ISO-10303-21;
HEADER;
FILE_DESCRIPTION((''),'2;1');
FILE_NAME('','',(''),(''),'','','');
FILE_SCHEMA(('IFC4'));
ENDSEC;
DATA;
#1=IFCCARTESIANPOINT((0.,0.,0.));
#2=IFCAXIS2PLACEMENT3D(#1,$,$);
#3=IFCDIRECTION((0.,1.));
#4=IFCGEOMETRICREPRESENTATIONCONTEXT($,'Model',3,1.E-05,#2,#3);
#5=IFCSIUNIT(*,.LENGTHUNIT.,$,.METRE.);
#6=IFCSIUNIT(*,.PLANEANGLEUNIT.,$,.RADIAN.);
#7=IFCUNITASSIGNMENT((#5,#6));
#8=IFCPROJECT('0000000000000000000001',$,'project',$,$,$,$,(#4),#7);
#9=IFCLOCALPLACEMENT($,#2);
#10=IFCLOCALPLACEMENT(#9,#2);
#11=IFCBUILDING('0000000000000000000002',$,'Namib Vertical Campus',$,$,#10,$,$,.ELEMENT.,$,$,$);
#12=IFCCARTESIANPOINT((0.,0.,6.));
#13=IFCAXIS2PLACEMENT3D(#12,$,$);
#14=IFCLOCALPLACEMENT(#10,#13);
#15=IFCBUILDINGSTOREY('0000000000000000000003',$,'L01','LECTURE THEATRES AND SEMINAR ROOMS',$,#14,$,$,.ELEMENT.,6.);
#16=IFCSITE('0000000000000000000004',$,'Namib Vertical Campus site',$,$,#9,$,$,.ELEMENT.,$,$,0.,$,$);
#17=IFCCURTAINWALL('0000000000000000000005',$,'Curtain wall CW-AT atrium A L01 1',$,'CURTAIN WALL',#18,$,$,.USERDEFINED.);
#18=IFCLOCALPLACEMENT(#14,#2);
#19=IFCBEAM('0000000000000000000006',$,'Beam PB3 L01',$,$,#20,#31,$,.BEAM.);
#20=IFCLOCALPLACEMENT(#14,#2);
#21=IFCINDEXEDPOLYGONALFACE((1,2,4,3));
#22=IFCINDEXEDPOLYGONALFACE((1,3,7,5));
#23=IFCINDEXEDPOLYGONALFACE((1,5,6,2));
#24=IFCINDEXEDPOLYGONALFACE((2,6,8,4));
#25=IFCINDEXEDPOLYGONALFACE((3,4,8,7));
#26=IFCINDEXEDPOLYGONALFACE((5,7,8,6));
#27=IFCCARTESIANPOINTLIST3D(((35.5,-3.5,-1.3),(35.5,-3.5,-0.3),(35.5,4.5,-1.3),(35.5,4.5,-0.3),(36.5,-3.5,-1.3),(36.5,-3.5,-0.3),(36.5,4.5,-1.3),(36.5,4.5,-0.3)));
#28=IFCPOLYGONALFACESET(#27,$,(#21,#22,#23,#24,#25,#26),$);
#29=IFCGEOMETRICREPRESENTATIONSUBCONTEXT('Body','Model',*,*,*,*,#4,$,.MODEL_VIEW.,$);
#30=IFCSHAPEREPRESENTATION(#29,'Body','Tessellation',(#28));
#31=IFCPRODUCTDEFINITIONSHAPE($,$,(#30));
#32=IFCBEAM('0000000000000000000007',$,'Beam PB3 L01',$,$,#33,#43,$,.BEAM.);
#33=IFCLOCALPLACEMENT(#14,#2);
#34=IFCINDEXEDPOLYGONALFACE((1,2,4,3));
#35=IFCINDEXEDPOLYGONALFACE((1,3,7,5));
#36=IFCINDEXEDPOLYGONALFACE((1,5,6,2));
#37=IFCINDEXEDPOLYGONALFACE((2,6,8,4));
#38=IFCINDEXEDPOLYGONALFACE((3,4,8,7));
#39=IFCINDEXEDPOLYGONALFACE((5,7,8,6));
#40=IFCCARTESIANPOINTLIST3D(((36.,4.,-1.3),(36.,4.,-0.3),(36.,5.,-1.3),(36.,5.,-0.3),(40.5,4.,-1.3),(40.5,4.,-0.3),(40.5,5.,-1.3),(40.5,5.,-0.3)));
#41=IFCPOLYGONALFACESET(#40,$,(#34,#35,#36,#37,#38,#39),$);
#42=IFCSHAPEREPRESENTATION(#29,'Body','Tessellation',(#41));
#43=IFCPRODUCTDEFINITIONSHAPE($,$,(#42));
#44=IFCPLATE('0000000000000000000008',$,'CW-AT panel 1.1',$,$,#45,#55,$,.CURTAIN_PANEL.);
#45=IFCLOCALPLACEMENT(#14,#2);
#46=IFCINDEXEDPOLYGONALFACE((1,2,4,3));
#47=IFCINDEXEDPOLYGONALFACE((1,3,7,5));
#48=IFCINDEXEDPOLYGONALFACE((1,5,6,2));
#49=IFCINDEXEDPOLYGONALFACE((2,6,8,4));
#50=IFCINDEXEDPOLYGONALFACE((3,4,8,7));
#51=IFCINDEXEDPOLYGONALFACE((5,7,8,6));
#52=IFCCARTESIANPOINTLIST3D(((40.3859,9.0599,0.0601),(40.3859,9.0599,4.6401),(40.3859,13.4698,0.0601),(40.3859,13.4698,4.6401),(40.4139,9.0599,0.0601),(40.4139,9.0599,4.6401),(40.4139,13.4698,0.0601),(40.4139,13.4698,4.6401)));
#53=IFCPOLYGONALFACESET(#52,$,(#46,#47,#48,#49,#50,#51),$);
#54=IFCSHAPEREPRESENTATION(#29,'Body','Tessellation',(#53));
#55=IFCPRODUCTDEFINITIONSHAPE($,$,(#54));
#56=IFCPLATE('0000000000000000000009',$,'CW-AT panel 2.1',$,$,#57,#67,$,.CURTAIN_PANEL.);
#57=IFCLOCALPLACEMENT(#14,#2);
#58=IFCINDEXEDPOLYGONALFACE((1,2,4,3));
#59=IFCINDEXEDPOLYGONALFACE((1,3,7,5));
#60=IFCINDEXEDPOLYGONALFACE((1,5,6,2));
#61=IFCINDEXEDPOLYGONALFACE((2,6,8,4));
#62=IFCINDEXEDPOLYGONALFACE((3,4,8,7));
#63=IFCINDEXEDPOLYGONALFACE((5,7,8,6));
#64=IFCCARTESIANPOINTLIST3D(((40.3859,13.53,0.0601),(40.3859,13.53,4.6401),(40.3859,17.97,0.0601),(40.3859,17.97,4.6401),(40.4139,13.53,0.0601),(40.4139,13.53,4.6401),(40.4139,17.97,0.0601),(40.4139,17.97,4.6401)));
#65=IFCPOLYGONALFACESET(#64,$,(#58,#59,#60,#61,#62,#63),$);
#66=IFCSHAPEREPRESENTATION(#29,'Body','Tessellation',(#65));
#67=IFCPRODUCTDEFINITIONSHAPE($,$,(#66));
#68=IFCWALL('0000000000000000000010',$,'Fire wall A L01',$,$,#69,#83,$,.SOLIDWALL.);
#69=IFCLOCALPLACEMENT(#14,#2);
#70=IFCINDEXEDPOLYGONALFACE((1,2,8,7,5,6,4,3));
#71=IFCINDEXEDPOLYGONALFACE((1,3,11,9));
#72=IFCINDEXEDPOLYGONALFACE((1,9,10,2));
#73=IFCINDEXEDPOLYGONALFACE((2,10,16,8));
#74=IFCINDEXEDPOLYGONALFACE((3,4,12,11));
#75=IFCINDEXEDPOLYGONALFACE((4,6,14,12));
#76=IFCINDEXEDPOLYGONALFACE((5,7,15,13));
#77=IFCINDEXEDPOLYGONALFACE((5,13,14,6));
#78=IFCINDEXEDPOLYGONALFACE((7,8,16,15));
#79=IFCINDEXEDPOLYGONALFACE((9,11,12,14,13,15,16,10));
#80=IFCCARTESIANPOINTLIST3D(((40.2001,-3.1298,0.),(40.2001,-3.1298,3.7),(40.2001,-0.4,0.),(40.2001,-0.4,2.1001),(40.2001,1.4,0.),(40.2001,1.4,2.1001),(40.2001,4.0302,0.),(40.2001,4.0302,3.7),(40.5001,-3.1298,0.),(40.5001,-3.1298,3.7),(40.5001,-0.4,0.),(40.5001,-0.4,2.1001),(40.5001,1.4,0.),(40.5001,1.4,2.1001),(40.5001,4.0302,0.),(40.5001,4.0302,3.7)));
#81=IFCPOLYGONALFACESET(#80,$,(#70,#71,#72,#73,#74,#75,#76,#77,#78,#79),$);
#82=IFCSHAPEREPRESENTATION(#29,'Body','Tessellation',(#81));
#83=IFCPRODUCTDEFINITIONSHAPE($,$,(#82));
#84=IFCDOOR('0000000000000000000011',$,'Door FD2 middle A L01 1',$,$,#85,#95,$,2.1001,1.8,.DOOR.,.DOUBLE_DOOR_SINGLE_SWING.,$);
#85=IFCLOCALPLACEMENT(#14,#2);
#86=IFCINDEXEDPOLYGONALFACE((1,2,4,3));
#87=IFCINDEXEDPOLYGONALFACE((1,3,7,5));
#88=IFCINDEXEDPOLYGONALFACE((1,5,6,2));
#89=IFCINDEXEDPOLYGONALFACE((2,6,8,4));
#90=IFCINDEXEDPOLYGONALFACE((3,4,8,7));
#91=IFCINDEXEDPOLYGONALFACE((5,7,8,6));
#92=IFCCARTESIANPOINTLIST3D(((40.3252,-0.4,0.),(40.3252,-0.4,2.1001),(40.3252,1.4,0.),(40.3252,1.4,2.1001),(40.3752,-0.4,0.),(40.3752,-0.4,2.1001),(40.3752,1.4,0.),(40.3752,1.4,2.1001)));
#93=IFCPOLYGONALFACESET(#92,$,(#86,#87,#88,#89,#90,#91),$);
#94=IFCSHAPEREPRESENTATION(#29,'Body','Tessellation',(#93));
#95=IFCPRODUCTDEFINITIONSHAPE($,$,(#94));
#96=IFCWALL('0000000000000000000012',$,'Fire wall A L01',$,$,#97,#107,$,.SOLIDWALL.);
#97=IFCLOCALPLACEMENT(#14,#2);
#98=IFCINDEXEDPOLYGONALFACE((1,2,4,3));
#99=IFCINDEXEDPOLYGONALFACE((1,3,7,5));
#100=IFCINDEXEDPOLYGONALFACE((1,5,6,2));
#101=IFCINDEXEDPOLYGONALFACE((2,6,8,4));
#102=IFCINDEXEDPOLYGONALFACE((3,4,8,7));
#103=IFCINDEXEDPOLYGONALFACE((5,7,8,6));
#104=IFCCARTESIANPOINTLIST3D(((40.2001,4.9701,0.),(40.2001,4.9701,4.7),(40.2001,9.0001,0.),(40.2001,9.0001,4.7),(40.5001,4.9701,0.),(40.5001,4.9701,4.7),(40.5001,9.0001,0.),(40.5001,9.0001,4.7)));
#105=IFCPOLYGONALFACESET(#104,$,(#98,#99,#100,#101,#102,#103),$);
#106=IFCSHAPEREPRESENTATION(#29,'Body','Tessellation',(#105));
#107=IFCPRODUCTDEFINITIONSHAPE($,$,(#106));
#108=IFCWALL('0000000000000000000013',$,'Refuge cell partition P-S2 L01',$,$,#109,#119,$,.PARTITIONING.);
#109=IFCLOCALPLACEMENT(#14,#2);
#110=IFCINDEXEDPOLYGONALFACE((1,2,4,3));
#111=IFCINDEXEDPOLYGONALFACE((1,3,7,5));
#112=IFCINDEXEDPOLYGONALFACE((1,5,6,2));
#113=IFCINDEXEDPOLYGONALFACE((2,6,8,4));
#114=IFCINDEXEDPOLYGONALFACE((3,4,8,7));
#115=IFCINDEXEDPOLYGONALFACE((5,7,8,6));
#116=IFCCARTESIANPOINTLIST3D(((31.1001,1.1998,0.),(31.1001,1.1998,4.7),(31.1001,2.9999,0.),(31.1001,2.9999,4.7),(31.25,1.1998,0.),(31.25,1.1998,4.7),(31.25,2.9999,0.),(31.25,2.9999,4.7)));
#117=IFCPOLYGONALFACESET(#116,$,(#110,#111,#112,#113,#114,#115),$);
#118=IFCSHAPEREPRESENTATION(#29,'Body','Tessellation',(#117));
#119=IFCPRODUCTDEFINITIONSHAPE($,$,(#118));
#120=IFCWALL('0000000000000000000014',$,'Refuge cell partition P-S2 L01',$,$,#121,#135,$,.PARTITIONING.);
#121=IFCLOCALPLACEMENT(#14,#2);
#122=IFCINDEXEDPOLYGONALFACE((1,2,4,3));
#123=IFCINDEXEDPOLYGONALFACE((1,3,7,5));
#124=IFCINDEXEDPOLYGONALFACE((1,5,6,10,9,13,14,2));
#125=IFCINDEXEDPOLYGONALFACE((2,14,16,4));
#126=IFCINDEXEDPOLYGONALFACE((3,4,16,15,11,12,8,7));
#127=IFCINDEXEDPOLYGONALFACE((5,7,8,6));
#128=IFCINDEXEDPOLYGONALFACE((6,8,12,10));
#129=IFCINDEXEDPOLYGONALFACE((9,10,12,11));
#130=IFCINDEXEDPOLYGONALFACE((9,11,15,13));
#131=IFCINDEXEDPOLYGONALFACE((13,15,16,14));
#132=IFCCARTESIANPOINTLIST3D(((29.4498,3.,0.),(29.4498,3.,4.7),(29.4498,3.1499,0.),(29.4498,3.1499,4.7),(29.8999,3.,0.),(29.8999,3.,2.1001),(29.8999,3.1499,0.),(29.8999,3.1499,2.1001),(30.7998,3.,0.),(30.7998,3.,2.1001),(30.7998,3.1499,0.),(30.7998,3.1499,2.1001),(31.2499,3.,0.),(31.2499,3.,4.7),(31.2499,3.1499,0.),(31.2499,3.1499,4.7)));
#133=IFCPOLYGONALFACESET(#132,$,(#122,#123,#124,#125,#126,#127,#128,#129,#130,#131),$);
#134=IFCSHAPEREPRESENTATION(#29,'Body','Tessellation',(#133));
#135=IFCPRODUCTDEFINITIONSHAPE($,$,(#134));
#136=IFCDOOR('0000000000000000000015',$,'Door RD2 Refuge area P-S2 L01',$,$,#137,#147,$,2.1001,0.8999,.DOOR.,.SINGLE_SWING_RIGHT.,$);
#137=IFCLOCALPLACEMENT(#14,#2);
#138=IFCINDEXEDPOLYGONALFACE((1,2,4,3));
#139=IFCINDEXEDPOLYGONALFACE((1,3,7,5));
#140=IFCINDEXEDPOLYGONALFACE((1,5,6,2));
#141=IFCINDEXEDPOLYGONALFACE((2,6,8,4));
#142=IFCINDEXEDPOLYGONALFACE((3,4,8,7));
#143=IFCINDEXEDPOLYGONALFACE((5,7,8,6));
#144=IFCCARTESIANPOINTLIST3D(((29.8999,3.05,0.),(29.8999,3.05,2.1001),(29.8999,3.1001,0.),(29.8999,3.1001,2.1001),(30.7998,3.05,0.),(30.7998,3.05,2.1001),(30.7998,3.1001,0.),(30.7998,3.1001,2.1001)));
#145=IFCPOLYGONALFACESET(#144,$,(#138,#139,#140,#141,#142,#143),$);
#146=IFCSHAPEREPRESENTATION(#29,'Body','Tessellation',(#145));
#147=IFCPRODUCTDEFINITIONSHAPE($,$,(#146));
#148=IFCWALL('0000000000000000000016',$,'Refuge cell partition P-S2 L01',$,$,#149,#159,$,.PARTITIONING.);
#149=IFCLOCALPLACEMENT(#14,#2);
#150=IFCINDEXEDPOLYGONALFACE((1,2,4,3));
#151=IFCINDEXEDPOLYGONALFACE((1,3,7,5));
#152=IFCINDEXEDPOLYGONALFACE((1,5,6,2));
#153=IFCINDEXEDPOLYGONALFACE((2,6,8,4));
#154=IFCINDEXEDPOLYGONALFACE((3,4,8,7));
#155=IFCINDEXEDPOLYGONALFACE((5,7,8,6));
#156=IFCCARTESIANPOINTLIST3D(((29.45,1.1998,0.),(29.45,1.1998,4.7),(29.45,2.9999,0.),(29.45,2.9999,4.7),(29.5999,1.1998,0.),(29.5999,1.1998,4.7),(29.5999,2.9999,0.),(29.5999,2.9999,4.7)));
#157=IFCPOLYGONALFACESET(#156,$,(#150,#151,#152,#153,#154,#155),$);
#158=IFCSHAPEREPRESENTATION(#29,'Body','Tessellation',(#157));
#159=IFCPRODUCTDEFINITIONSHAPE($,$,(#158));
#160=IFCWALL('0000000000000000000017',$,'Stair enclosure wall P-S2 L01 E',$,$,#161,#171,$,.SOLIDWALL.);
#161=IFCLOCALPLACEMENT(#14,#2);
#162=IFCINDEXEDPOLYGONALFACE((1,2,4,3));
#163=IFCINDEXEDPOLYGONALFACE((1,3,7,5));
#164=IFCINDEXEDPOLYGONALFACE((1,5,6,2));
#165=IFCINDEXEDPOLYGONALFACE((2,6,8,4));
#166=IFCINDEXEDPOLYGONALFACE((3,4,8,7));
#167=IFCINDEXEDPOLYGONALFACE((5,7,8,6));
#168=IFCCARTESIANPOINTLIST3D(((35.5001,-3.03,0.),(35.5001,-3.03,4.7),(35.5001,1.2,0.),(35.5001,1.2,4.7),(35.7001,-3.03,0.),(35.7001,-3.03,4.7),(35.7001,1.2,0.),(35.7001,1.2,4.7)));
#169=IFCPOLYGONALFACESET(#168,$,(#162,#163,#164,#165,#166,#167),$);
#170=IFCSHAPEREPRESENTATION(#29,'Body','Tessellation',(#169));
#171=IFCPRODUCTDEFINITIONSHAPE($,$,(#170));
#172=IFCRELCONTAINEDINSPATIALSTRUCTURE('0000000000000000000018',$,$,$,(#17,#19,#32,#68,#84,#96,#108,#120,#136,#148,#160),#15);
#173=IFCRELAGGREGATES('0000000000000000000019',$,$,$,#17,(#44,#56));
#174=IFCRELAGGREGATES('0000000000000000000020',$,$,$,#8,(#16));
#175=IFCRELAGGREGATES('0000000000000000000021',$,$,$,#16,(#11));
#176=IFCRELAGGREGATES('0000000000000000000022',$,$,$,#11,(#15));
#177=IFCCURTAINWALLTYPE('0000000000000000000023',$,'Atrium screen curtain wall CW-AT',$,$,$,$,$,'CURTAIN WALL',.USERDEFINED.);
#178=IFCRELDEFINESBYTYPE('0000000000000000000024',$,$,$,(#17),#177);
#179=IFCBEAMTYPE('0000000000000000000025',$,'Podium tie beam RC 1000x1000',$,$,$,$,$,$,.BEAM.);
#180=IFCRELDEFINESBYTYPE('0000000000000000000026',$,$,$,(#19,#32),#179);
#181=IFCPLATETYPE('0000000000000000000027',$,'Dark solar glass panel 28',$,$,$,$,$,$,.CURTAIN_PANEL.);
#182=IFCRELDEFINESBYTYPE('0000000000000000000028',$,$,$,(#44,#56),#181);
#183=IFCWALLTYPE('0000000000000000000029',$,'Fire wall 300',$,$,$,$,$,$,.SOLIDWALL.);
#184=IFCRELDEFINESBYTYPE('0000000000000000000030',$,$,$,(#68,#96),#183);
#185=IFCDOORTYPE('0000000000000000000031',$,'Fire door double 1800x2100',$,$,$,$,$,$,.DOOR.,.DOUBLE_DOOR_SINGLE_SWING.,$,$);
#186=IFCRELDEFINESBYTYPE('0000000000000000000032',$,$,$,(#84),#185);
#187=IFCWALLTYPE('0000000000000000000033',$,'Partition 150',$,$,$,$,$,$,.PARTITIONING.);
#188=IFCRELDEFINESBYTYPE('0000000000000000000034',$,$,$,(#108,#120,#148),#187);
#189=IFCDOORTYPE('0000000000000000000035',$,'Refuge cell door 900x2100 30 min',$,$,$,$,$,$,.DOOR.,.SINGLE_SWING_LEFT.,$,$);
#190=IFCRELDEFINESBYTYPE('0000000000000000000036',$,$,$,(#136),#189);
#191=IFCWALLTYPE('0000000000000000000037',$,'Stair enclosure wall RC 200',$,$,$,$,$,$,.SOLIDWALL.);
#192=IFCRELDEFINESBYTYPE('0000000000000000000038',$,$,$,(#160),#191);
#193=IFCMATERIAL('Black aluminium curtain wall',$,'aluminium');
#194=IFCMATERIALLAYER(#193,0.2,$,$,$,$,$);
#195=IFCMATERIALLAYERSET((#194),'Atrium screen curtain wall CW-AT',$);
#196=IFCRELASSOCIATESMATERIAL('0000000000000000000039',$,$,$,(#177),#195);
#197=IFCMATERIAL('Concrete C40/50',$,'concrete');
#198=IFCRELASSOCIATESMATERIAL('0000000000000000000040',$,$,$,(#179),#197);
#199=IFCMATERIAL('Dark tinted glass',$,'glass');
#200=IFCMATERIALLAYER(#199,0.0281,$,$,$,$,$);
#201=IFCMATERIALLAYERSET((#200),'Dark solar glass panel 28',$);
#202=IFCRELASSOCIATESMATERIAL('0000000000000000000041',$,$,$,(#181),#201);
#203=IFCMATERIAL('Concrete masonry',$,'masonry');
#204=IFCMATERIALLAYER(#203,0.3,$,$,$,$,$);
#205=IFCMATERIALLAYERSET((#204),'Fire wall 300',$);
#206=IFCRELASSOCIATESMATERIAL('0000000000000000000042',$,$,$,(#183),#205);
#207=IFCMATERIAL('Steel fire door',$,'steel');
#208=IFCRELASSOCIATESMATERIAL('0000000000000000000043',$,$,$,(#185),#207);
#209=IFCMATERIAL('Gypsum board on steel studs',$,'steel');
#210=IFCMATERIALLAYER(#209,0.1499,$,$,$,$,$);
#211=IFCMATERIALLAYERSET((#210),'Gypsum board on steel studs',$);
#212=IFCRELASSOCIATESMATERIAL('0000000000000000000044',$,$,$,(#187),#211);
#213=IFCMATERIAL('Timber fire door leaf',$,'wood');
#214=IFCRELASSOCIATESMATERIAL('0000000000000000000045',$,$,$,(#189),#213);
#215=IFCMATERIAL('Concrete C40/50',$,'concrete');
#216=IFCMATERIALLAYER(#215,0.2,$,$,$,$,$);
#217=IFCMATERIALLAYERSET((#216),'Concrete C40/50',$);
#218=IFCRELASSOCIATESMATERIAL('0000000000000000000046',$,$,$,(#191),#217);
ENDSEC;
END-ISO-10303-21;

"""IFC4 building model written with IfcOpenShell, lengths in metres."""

from ifc_helpers import new_model, si_unit, direction, frame, frame_2d, origin, origin_2d, place, context, subcontext, project, spatial, rectangle, extrude, material, layer, layer_set, material_profile, profile_set, type_object, element, fill, aggregate, save


model = new_model("IFC4")

# Units and contexts
model_context = context("Model", 3, precision=1e-05, world=origin(), true_north=direction((0.0, 1.0)))
body_context = subcontext(model_context, "Body", "Model", "MODEL_VIEW")
ifc_project = project(units=[si_unit("LENGTHUNIT", "METRE"), si_unit("PLANEANGLEUNIT", "RADIAN")], contexts=[model_context])

# Site, building, storey
site_placement = place(None, origin())
site = spatial("IfcSite", under=ifc_project, at=site_placement, Name="Namib Vertical Campus site", CompositionType="ELEMENT", RefElevation=0.0)
building_placement = place(site_placement, origin())
building = spatial("IfcBuilding", under=site, at=building_placement, Name="Namib Vertical Campus", CompositionType="ELEMENT")
storey_placement = place(building_placement, frame((0.0, 0.0, 6.0)))
storey = spatial("IfcBuildingStorey", under=building, at=storey_placement, Name="L01", Description="LECTURE THEATRES AND SEMINAR ROOMS", CompositionType="ELEMENT", Elevation=6.0)

# Curtain wall
ifc_material_1 = material(Name="Black aluminium curtain wall", Category="aluminium")
ifc_layer_1 = layer(ifc_material_1, 0.2)
ifc_layer_set_1 = layer_set([ifc_layer_1], Name="Atrium screen curtain wall CW-AT")
curtain_wall_type = type_object("IfcCurtainWallType", Name="Atrium screen curtain wall CW-AT", ElementType="CURTAIN WALL", PredefinedType="USERDEFINED", material=ifc_layer_set_1)
curtain_wall_placement = place(storey_placement, origin())
curtain_wall = element("IfcCurtainWall", 1, at=curtain_wall_placement, inside=storey, type_object=curtain_wall_type, Name="Curtain wall CW-AT atrium A L01 1", ObjectType="CURTAIN WALL", PredefinedType="USERDEFINED")

# Beams
ifc_material_2 = material(Name="Concrete C40/50", Category="concrete")
ifc_material_profile_1 = material_profile(ifc_material_2, rectangle(XDim=1.0, YDim=1.0, at=origin_2d()))
ifc_profile_set_1 = profile_set([ifc_material_profile_1], Name="Concrete C40/50")
beam_type_1 = type_object("IfcBeamType", Name="Podium tie beam RC 1000x1000", PredefinedType="BEAM", material=ifc_profile_set_1)
beam_1_placement = place(storey_placement, frame((36.0, -3.5, -0.8), z_axis=(0.0, 1.0, 0.0), x_axis=(-1.0, 0.0, 0.0)))
element("IfcBeam", 2, at=beam_1_placement, inside=storey, type_object=beam_type_1, Name="Beam PB3 L01", PredefinedType="BEAM", context=body_context, shape_type="SweptSolid", body=[
    extrude(rectangle(XDim=1.0, YDim=1.0, at=origin_2d()), origin(), (0.0, 0.0, 1.0), 8.0),
])
beam_2_placement = place(storey_placement, frame((36.0, 4.5, -0.8), z_axis=(1.0, 0.0, 0.0), x_axis=(0.0, 1.0, 0.0)))
element("IfcBeam", 3, at=beam_2_placement, inside=storey, type_object=beam_type_1, Name="Beam PB3 L01", PredefinedType="BEAM", context=body_context, shape_type="SweptSolid", body=[
    extrude(rectangle(XDim=1.0, YDim=1.0, at=origin_2d()), origin(), (0.0, 0.0, 1.0), 4.5),
])

# Plates
ifc_material_3 = material(Name="Dark tinted glass", Category="glass")
ifc_layer_2 = layer(ifc_material_3, 0.0281)
ifc_layer_set_2 = layer_set([ifc_layer_2], Name="Dark solar glass panel 28")
plate_type = type_object("IfcPlateType", Name="Dark solar glass panel 28", PredefinedType="CURTAIN_PANEL", material=ifc_layer_set_2)
plate_1_placement = place(storey_placement, frame((40.3999, 11.2649, 0.0601), z_axis=(0.0, 0.0, 1.0), x_axis=(0.0, 1.0, 0.0)))
plate_1 = element("IfcPlate", 4, at=plate_1_placement, type_object=plate_type, Name="CW-AT panel 1.1", PredefinedType="CURTAIN_PANEL", context=body_context, shape_type="SweptSolid", body=[
    extrude(rectangle(XDim=4.4099, YDim=0.0281, at=origin_2d()), origin(), (0.0, 0.0, 1.0), 4.5801),
])
plate_2_placement = place(storey_placement, frame((40.3999, 15.75, 0.0601), z_axis=(0.0, 0.0, 1.0), x_axis=(0.0, 1.0, 0.0)))
plate_2 = element("IfcPlate", 5, at=plate_2_placement, type_object=plate_type, Name="CW-AT panel 2.1", PredefinedType="CURTAIN_PANEL", context=body_context, shape_type="SweptSolid", body=[
    extrude(rectangle(XDim=4.4399, YDim=0.0281, at=origin_2d()), origin(), (0.0, 0.0, 1.0), 4.5801),
])
aggregate(curtain_wall, [plate_1, plate_2])

# Wall, opening, door
ifc_material_4 = material(Name="Concrete masonry", Category="masonry")
ifc_layer_3 = layer(ifc_material_4, 0.3)
ifc_layer_set_3 = layer_set([ifc_layer_3], Name="Fire wall 300")
wall_type_1 = type_object("IfcWallType", Name="Fire wall 300", PredefinedType="SOLIDWALL", material=ifc_layer_set_3)
wall_1_placement = place(storey_placement, frame((40.3501, -3.1299, 0.0), z_axis=(0.0, 0.0, 1.0), x_axis=(0.0, 1.0, 0.0)))
wall_1 = element("IfcWall", 6, at=wall_1_placement, inside=storey, type_object=wall_type_1, Name="Fire wall A L01", PredefinedType="SOLIDWALL", context=body_context, shape_type="SweptSolid", body=[
    extrude(rectangle(XDim=7.1599, YDim=0.3, at=frame_2d((3.5801, 0.0))), origin(), (0.0, 0.0, 1.0), 3.7),
])
opening_1_placement = place(wall_1_placement, frame((2.73, 0.0, 0.0)))
opening_1 = element("IfcOpeningElement", 7, at=opening_1_placement, cuts=wall_1, PredefinedType="OPENING", context=body_context, shape_type="SweptSolid", body=[
    extrude(rectangle(XDim=1.8, YDim=2.1001, at=frame_2d((0.8999, 1.05))), frame((0.0, 0.1599, 0.0), z_axis=(0.0, -1.0, 0.0), x_axis=(1.0, 0.0, 0.0)), (0.0, 0.0, 1.0), 0.3201),
])
ifc_material_5 = material(Name="Steel fire door", Category="steel")
door_type_1 = type_object("IfcDoorType", Name="Fire door double 1800x2100", OperationType="DOUBLE_DOOR_SINGLE_SWING", PredefinedType="DOOR", material=ifc_material_5)
door_1_placement = place(opening_1_placement, origin())
door_1 = element("IfcDoor", 8, at=door_1_placement, inside=storey, type_object=door_type_1, Name="Door FD2 middle A L01 1", OperationType="DOUBLE_DOOR_SINGLE_SWING", OverallHeight=2.1001, OverallWidth=1.8, PredefinedType="DOOR", context=body_context, shape_type="SweptSolid", body=[
    extrude(rectangle(XDim=1.8, YDim=2.1001, at=frame_2d((0.8999, 1.05))), frame((0.0, 0.0249, 0.0), z_axis=(0.0, -1.0, 0.0), x_axis=(1.0, 0.0, 0.0)), (0.0, 0.0, 1.0), 0.05),
])
fill(opening_1, door_1)

# Walls
wall_2_placement = place(storey_placement, frame((40.3501, 4.97, 0.0), z_axis=(0.0, 0.0, 1.0), x_axis=(0.0, 1.0, 0.0)))
element("IfcWall", 9, at=wall_2_placement, inside=storey, type_object=wall_type_1, Name="Fire wall A L01", PredefinedType="SOLIDWALL", context=body_context, shape_type="SweptSolid", body=[
    extrude(rectangle(XDim=4.03, YDim=0.3, at=frame_2d((2.0151, 0.0))), origin(), (0.0, 0.0, 1.0), 4.7),
])
ifc_material_6 = material(Name="Gypsum board on steel studs", Category="steel")
ifc_layer_4 = layer(ifc_material_6, 0.1499)
ifc_layer_set_4 = layer_set([ifc_layer_4], Name="Gypsum board on steel studs")
wall_type_2 = type_object("IfcWallType", Name="Partition 150", PredefinedType="PARTITIONING", material=ifc_layer_set_4)
wall_3_placement = place(storey_placement, frame((31.175, 1.2, 0.0), z_axis=(0.0, 0.0, 1.0), x_axis=(0.0, 1.0, 0.0)))
element("IfcWall", 10, at=wall_3_placement, inside=storey, type_object=wall_type_2, Name="Refuge cell partition P-S2 L01", PredefinedType="PARTITIONING", context=body_context, shape_type="SweptSolid", body=[
    extrude(rectangle(XDim=1.8, YDim=0.1499, at=frame_2d((0.8999, 0.0))), origin(), (0.0, 0.0, 1.0), 4.7),
])

# Wall, opening, door
wall_4_placement = place(storey_placement, frame((29.45, 3.075, 0.0), z_axis=(0.0, 0.0, 1.0), x_axis=(1.0, 0.0, 0.0)))
wall_4 = element("IfcWall", 11, at=wall_4_placement, inside=storey, type_object=wall_type_2, Name="Refuge cell partition P-S2 L01", PredefinedType="PARTITIONING", context=body_context, shape_type="SweptSolid", body=[
    extrude(rectangle(XDim=1.8, YDim=0.1499, at=frame_2d((0.8999, 0.0))), origin(), (0.0, 0.0, 1.0), 4.7),
])
opening_2_placement = place(wall_4_placement, frame((0.45, 0.0, 0.0)))
opening_2 = element("IfcOpeningElement", 12, at=opening_2_placement, cuts=wall_4, PredefinedType="OPENING", context=body_context, shape_type="SweptSolid", body=[
    extrude(rectangle(XDim=0.8999, YDim=2.1001, at=frame_2d((0.45, 1.05))), frame((0.0, 0.085, 0.0), z_axis=(0.0, -1.0, 0.0), x_axis=(1.0, 0.0, 0.0)), (0.0, 0.0, 1.0), 0.1699),
])
ifc_material_7 = material(Name="Timber fire door leaf", Category="wood")
door_type_2 = type_object("IfcDoorType", Name="Refuge cell door 900x2100 30 min", OperationType="SINGLE_SWING_LEFT", PredefinedType="DOOR", material=ifc_material_7)
door_2_placement = place(opening_2_placement, frame((0.8999, 0.0, 0.0), z_axis=(0.0, 0.0, 1.0), x_axis=(-1.0, 0.0, 0.0)))
door_2 = element("IfcDoor", 13, at=door_2_placement, inside=storey, type_object=door_type_2, Name="Door RD2 Refuge area P-S2 L01", OperationType="SINGLE_SWING_RIGHT", OverallHeight=2.1001, OverallWidth=0.8999, PredefinedType="DOOR", context=body_context, shape_type="SweptSolid", body=[
    extrude(rectangle(XDim=0.8999, YDim=2.1001, at=frame_2d((0.45, 1.05))), frame((0.0, 0.0249, 0.0), z_axis=(0.0, -1.0, 0.0), x_axis=(1.0, 0.0, 0.0)), (0.0, 0.0, 1.0), 0.05),
])
fill(opening_2, door_2)

# Walls
wall_5_placement = place(storey_placement, frame((29.5249, 1.2, 0.0), z_axis=(0.0, 0.0, 1.0), x_axis=(0.0, 1.0, 0.0)))
element("IfcWall", 14, at=wall_5_placement, inside=storey, type_object=wall_type_2, Name="Refuge cell partition P-S2 L01", PredefinedType="PARTITIONING", context=body_context, shape_type="SweptSolid", body=[
    extrude(rectangle(XDim=1.8, YDim=0.1499, at=frame_2d((0.8999, 0.0))), origin(), (0.0, 0.0, 1.0), 4.7),
])
ifc_material_8 = material(Name="Concrete C40/50", Category="concrete")
ifc_layer_5 = layer(ifc_material_8, 0.2)
ifc_layer_set_5 = layer_set([ifc_layer_5], Name="Concrete C40/50")
wall_type_3 = type_object("IfcWallType", Name="Stair enclosure wall RC 200", PredefinedType="SOLIDWALL", material=ifc_layer_set_5)
wall_6_placement = place(storey_placement, frame((35.6001, -3.03, 0.0), z_axis=(0.0, 0.0, 1.0), x_axis=(0.0, 1.0, 0.0)))
element("IfcWall", 15, at=wall_6_placement, inside=storey, type_object=wall_type_3, Name="Stair enclosure wall P-S2 L01 E", PredefinedType="SOLIDWALL", context=body_context, shape_type="SweptSolid", body=[
    extrude(rectangle(XDim=4.23, YDim=0.2, at=frame_2d((2.115, 0.0))), origin(), (0.0, 0.0, 1.0), 4.7),
])

save(model, "model.ifc")
